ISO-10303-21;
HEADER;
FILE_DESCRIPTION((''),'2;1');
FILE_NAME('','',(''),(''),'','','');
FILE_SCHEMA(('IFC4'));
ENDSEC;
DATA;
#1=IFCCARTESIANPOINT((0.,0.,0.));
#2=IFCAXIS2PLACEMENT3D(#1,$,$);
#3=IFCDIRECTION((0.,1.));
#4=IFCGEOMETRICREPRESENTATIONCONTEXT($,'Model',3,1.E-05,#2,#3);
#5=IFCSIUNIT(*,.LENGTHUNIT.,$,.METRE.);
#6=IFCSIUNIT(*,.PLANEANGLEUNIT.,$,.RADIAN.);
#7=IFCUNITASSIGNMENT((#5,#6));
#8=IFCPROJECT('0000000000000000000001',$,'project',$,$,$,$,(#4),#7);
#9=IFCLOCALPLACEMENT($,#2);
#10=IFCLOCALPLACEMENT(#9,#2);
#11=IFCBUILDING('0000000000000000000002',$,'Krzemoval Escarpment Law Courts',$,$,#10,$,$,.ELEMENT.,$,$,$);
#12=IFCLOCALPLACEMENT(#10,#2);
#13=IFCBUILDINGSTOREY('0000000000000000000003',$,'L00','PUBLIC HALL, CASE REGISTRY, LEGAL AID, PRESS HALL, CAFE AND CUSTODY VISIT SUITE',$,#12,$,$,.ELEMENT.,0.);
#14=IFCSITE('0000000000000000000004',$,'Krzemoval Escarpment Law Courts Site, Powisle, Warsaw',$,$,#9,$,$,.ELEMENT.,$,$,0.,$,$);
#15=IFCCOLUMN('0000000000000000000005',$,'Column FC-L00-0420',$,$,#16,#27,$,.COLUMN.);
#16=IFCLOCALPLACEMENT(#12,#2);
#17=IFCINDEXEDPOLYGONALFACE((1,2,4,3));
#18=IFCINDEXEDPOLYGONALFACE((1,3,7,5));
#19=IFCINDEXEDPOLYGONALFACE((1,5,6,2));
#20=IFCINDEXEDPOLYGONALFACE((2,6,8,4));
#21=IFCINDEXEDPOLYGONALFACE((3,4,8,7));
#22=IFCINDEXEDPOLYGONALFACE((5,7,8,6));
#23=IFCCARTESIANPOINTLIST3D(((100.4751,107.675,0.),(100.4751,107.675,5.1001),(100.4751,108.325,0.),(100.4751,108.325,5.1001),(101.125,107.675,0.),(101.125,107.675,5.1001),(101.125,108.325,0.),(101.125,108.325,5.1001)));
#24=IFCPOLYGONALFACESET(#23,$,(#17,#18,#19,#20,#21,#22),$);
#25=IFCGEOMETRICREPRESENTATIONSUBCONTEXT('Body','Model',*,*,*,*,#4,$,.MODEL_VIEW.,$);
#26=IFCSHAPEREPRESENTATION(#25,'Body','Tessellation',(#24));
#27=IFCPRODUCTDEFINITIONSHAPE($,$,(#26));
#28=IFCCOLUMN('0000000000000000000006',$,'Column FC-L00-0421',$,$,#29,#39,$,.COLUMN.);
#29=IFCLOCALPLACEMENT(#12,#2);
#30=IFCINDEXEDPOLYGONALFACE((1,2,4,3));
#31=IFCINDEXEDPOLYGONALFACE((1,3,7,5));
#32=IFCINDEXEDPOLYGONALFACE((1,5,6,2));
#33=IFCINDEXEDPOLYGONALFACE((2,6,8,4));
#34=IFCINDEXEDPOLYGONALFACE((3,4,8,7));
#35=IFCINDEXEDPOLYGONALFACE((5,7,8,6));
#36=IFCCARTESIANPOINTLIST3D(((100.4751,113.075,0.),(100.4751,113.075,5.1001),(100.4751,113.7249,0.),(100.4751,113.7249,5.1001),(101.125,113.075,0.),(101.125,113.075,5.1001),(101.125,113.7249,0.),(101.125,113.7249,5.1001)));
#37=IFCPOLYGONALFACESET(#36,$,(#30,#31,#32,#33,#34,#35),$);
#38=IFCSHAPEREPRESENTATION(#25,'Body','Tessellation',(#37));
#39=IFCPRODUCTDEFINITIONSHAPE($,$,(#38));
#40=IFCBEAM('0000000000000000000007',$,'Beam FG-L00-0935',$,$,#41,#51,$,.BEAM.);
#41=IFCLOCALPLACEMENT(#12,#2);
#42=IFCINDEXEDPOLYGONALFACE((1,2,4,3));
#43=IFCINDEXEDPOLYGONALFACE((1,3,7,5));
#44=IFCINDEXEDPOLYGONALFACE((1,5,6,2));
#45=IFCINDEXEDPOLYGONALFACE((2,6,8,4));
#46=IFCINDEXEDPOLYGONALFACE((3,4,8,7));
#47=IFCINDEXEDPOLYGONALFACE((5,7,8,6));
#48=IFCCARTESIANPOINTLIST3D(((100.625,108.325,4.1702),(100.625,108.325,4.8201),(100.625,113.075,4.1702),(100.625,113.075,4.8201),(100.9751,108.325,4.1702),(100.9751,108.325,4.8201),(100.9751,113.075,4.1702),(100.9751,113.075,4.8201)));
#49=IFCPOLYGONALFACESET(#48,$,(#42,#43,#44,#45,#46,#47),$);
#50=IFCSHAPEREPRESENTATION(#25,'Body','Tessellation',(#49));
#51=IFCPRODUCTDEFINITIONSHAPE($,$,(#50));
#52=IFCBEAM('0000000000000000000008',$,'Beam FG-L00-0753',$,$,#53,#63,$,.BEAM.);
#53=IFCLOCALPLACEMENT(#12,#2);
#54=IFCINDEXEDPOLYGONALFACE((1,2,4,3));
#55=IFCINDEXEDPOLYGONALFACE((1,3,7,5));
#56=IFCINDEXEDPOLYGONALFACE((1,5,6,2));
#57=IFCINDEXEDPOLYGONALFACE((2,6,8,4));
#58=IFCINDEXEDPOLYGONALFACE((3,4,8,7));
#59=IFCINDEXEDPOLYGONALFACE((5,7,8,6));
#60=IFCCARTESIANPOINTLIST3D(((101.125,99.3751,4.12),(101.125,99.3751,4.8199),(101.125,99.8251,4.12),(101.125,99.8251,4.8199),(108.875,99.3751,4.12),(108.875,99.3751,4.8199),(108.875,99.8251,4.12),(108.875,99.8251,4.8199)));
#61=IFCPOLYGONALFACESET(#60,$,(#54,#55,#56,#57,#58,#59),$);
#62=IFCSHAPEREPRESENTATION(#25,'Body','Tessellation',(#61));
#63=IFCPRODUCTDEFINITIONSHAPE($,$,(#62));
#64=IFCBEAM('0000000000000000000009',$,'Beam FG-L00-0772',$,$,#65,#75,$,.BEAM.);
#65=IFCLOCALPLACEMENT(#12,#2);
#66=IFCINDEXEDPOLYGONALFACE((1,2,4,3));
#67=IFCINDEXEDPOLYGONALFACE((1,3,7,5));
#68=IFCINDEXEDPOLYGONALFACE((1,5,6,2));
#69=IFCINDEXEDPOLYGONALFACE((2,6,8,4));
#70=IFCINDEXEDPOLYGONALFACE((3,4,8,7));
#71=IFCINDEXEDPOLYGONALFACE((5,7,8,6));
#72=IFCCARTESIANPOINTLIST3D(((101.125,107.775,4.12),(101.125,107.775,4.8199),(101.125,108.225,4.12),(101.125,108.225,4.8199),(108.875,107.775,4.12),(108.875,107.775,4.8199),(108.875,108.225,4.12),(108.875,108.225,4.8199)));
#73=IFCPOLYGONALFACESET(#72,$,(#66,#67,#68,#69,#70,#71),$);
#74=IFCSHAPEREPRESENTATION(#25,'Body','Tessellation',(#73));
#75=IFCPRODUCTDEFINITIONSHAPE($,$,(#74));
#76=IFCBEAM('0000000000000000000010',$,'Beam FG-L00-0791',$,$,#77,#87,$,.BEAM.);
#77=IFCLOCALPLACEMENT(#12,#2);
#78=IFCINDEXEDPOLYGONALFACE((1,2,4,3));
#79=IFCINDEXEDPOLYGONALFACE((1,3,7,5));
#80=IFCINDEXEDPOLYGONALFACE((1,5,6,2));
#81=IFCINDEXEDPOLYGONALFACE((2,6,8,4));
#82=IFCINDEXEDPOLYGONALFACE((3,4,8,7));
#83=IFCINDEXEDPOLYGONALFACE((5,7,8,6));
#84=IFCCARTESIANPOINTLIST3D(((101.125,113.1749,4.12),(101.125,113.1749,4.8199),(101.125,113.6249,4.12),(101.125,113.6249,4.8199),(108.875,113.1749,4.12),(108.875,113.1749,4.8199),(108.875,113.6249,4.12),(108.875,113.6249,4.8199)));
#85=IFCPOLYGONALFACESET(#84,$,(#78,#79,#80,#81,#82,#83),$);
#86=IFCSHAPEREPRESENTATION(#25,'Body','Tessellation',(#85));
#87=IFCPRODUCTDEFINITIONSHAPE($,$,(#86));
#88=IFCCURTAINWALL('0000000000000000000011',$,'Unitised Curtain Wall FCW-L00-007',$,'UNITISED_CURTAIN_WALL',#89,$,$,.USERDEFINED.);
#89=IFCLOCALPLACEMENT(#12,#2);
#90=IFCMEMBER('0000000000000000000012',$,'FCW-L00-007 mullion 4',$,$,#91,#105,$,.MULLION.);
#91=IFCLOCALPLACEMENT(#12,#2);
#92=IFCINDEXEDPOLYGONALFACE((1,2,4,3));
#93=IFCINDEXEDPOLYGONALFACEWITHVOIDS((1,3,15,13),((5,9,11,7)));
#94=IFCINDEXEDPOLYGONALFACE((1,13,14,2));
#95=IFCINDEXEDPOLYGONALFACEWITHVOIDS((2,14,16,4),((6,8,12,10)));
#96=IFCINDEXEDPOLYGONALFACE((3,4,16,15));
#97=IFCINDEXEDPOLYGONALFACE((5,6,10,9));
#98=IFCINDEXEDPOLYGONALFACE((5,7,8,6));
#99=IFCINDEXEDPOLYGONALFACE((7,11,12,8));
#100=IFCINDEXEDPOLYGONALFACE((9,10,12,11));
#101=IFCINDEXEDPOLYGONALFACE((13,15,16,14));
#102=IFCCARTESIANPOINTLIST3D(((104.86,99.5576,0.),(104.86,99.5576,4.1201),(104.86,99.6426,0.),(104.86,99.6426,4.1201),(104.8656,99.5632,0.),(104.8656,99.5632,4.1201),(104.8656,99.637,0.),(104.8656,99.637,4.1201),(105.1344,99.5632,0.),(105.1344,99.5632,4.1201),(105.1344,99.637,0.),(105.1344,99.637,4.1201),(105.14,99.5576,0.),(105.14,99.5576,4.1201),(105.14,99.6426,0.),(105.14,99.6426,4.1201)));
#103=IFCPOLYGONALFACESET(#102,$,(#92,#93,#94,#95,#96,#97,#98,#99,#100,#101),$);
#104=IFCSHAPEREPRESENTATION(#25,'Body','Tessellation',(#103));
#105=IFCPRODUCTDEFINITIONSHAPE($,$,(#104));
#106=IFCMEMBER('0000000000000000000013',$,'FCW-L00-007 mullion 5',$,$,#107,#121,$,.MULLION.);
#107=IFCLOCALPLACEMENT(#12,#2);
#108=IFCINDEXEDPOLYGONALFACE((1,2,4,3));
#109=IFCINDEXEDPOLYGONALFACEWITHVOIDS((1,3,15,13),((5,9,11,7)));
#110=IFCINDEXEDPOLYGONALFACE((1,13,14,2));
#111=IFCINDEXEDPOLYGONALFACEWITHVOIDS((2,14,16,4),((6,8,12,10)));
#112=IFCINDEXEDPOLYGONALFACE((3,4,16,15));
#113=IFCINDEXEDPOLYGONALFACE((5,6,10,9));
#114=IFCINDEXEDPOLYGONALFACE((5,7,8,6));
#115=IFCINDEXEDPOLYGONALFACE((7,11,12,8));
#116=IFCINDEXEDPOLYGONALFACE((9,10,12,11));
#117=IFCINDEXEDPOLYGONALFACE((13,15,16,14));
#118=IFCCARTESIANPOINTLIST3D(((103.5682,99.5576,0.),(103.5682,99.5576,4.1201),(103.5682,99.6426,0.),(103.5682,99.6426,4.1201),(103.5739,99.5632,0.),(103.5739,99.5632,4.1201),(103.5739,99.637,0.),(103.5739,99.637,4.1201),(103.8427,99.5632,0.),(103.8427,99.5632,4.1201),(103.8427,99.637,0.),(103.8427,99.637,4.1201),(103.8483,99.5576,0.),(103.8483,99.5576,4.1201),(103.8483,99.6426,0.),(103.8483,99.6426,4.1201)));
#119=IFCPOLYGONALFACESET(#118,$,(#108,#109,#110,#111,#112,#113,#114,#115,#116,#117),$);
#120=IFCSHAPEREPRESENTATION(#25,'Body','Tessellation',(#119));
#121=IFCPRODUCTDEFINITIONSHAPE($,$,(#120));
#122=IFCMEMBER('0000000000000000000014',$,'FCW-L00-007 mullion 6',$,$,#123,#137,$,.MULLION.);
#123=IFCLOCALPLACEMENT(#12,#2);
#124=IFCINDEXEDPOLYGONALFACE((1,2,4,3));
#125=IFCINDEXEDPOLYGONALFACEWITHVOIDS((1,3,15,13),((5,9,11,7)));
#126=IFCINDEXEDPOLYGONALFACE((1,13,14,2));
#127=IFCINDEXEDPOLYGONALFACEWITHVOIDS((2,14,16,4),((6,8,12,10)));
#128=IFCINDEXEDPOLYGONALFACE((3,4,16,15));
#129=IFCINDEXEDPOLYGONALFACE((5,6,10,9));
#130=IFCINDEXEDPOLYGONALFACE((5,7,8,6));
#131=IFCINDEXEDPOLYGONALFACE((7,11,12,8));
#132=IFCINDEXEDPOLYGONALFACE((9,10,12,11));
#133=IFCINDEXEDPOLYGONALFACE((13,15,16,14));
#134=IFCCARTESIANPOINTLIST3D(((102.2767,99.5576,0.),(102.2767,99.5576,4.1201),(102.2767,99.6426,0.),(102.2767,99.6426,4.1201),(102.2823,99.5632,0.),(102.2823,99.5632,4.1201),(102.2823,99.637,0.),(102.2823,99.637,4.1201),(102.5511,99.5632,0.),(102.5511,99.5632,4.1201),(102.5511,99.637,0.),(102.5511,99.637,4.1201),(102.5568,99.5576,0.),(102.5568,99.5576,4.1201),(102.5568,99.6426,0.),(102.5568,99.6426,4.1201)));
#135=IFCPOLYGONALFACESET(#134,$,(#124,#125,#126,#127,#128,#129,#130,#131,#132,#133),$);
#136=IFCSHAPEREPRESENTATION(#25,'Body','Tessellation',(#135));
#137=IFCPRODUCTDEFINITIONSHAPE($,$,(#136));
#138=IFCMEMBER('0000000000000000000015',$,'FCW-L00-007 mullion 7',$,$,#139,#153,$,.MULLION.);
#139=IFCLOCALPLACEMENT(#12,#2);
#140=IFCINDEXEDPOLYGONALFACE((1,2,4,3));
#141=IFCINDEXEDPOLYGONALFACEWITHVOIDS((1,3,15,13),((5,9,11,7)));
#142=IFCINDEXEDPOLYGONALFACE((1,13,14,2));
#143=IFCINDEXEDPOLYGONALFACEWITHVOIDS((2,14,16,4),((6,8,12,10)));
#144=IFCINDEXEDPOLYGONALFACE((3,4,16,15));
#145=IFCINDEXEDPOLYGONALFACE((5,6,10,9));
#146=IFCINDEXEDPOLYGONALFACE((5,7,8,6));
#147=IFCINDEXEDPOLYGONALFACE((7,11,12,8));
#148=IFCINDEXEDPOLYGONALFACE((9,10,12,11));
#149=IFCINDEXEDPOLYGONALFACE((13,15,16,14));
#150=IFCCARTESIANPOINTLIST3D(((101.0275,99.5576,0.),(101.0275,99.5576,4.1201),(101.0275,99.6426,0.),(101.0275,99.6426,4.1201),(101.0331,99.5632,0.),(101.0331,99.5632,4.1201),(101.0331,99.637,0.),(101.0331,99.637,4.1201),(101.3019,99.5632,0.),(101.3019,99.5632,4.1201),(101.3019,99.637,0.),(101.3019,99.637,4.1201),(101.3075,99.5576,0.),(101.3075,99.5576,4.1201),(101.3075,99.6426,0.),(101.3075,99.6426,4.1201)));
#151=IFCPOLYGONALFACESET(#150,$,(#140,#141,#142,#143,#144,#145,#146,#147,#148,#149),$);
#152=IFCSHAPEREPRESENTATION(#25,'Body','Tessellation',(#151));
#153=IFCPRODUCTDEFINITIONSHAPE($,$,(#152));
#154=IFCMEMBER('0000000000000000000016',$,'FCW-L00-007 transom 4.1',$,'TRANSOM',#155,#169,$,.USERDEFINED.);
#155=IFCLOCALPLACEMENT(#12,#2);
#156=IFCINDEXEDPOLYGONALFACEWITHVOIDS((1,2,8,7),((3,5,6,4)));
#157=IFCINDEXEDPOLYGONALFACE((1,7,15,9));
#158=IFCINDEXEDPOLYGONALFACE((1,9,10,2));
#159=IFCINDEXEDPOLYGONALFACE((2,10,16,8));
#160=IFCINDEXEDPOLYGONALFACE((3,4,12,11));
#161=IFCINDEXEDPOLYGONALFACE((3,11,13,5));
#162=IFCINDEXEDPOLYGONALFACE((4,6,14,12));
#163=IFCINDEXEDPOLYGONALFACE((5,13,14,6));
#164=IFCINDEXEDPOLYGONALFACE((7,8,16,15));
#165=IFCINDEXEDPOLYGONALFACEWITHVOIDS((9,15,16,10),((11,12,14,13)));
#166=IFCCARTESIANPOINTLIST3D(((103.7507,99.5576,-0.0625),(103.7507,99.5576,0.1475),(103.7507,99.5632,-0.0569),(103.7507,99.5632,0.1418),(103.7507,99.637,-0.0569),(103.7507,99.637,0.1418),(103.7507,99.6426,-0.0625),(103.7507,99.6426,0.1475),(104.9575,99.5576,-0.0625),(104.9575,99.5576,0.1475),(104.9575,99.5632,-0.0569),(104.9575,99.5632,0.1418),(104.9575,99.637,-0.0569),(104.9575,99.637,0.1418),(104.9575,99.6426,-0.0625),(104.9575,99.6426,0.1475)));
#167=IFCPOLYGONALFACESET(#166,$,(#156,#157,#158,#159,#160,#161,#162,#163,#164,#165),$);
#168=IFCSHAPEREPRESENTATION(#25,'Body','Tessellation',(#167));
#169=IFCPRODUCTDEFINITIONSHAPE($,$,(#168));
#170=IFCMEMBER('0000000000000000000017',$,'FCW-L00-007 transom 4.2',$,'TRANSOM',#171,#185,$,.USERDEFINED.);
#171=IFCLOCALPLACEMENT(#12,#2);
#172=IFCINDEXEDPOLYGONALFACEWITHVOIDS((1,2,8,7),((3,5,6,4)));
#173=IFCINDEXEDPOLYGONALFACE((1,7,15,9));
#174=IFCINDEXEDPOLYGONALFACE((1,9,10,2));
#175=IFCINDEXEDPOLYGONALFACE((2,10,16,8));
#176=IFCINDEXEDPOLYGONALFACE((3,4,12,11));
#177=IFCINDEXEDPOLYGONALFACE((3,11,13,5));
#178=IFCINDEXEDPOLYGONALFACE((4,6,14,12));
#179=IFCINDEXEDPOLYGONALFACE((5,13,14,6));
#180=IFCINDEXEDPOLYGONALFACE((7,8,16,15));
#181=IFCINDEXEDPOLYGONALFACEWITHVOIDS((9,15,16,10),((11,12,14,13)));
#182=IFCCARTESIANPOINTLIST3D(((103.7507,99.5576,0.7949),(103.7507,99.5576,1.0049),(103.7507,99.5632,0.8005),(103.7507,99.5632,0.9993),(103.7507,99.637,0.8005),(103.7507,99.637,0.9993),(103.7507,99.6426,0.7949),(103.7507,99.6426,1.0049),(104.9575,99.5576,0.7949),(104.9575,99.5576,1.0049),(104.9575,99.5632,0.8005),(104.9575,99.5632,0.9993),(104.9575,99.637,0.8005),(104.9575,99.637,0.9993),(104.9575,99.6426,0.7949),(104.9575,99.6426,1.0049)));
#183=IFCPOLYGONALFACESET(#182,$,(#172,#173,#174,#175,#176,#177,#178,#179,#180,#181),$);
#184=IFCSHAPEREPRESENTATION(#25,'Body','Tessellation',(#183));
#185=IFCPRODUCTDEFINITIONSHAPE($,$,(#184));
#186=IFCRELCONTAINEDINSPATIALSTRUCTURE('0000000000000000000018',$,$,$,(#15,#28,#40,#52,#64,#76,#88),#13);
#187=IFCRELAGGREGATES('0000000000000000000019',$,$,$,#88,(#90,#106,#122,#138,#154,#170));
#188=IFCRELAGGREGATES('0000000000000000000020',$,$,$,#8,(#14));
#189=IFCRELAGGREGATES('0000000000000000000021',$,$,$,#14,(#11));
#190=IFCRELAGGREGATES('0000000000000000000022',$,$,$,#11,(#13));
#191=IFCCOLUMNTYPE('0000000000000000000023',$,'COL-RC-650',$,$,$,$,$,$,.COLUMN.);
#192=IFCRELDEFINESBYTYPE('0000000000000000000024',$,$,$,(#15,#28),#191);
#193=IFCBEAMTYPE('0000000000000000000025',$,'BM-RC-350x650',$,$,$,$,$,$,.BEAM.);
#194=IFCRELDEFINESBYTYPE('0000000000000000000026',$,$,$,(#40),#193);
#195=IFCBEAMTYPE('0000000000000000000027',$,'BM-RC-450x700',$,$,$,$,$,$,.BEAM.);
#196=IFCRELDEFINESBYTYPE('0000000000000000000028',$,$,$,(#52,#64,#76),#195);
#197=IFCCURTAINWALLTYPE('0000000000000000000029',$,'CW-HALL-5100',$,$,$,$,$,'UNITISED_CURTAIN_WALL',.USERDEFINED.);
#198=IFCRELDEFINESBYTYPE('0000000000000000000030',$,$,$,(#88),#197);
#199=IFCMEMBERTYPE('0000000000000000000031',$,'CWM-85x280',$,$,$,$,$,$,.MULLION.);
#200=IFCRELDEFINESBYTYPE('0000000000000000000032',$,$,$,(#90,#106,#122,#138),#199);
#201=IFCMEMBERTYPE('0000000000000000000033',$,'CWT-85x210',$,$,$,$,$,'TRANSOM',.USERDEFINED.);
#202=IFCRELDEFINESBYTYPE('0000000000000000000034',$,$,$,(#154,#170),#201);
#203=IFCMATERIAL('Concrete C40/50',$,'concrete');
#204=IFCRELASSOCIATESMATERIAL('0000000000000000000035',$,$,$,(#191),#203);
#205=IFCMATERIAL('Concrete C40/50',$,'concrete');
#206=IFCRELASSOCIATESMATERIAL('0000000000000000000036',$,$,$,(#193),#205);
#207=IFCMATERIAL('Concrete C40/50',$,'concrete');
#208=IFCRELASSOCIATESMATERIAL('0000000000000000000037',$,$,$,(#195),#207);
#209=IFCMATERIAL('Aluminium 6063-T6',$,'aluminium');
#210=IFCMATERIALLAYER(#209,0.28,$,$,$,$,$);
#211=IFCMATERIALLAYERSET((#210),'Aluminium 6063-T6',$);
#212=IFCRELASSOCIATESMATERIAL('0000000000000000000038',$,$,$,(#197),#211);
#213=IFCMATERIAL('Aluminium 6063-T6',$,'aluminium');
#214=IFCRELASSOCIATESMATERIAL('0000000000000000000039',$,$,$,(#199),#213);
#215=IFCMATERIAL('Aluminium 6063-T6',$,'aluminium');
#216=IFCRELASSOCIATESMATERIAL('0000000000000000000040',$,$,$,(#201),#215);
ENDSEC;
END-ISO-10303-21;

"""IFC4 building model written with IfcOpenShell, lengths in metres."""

from ifc_helpers import new_model, si_unit, direction, frame, origin, origin_2d, place, context, subcontext, project, spatial, rectangle, hollow_rectangle, extrude, material, layer, layer_set, material_profile, profile_set, type_object, element, aggregate, save


model = new_model("IFC4")

# Units and contexts
model_context = context("Model", 3, precision=1e-05, world=origin(), true_north=direction((0.0, 1.0)))
body_context = subcontext(model_context, "Body", "Model", "MODEL_VIEW")
ifc_project = project(units=[si_unit("LENGTHUNIT", "METRE"), si_unit("PLANEANGLEUNIT", "RADIAN")], contexts=[model_context])

# Site, building, storey
site_placement = place(None, origin())
site = spatial("IfcSite", under=ifc_project, at=site_placement, Name="Krzemoval Escarpment Law Courts Site, Powisle, Warsaw", CompositionType="ELEMENT", RefElevation=0.0)
building_placement = place(site_placement, origin())
building = spatial("IfcBuilding", under=site, at=building_placement, Name="Krzemoval Escarpment Law Courts", CompositionType="ELEMENT")
storey_placement = place(building_placement, origin())
storey = spatial("IfcBuildingStorey", under=building, at=storey_placement, Name="L00", Description="PUBLIC HALL, CASE REGISTRY, LEGAL AID, PRESS HALL, CAFE AND CUSTODY VISIT SUITE", CompositionType="ELEMENT", Elevation=0.0)

# Columns
ifc_material_1 = material(Name="Concrete C40/50", Category="concrete")
ifc_material_profile_1 = material_profile(ifc_material_1, rectangle(XDim=0.6499, YDim=0.6499, at=origin_2d()), Name="RC 650x650")
ifc_profile_set_1 = profile_set([ifc_material_profile_1], Name="Concrete C40/50")
column_type = type_object("IfcColumnType", Name="COL-RC-650", PredefinedType="COLUMN", material=ifc_profile_set_1)
for number, where, z_axis, x_axis, name in (
    (1, (100.8, 108.0, 0.0), (0.0, 0.0, 1.0), (1.0, 0.0, 0.0), "Column FC-L00-0420"),
    (2, (100.8, 113.3999, 0.0), (0.0, 0.0, 1.0), (1.0, 0.0, 0.0), "Column FC-L00-0421"),
):
    element("IfcColumn", number, at=place(storey_placement, frame(where, z_axis=z_axis, x_axis=x_axis)), inside=storey, type_object=column_type, Name=name, PredefinedType="COLUMN", context=body_context, shape_type="SweptSolid", body=[
        extrude(rectangle(XDim=0.6499, YDim=0.6499, at=origin_2d()), origin(), (0.0, 0.0, 1.0), 5.1001),
    ])

# Beams
ifc_material_2 = material(Name="Concrete C40/50", Category="concrete")
ifc_material_profile_2 = material_profile(ifc_material_2, rectangle(XDim=0.3501, YDim=0.6499, at=origin_2d()), Name="RCB 350x650")
ifc_profile_set_2 = profile_set([ifc_material_profile_2], Name="Concrete C40/50")
beam_type_1 = type_object("IfcBeamType", Name="BM-RC-350x650", PredefinedType="BEAM", material=ifc_profile_set_2)
beam_1_placement = place(storey_placement, frame((100.8, 108.325, 4.4951), z_axis=(0.0, 1.0, 0.0), x_axis=(-1.0, 0.0, 0.0)))
element("IfcBeam", 3, at=beam_1_placement, inside=storey, type_object=beam_type_1, Name="Beam FG-L00-0935", PredefinedType="BEAM", context=body_context, shape_type="SweptSolid", body=[
    extrude(rectangle(XDim=0.3501, YDim=0.6499, at=origin_2d()), origin(), (0.0, 0.0, 1.0), 4.75),
])
ifc_material_3 = material(Name="Concrete C40/50", Category="concrete")
ifc_material_profile_3 = material_profile(ifc_material_3, rectangle(XDim=0.45, YDim=0.7, at=origin_2d()), Name="RCB 450x700")
ifc_profile_set_3 = profile_set([ifc_material_profile_3], Name="Concrete C40/50")
beam_type_2 = type_object("IfcBeamType", Name="BM-RC-450x700", PredefinedType="BEAM", material=ifc_profile_set_3)
for number, where, z_axis, x_axis, name in (
    (4, (101.125, 99.6001, 4.47), (1.0, 0.0, 0.0), (0.0, 1.0, 0.0), "Beam FG-L00-0753"),
    (5, (101.125, 108.0, 4.47), (1.0, 0.0, 0.0), (0.0, 1.0, 0.0), "Beam FG-L00-0772"),
    (6, (101.125, 113.3999, 4.47), (1.0, 0.0, 0.0), (0.0, 1.0, 0.0), "Beam FG-L00-0791"),
):
    element("IfcBeam", number, at=place(storey_placement, frame(where, z_axis=z_axis, x_axis=x_axis)), inside=storey, type_object=beam_type_2, Name=name, PredefinedType="BEAM", context=body_context, shape_type="SweptSolid", body=[
        extrude(rectangle(XDim=0.45, YDim=0.7, at=origin_2d()), origin(), (0.0, 0.0, 1.0), 7.75),
    ])

# Curtain wall, members
ifc_material_4 = material(Name="Aluminium 6063-T6", Category="aluminium")
ifc_layer_1 = layer(ifc_material_4, 0.28)
ifc_layer_set_1 = layer_set([ifc_layer_1], Name="Aluminium 6063-T6")
curtain_wall_type = type_object("IfcCurtainWallType", Name="CW-HALL-5100", ElementType="UNITISED_CURTAIN_WALL", PredefinedType="USERDEFINED", material=ifc_layer_set_1)
curtain_wall_placement = place(storey_placement, origin())
curtain_wall = element("IfcCurtainWall", 7, at=curtain_wall_placement, inside=storey, type_object=curtain_wall_type, Name="Unitised Curtain Wall FCW-L00-007", ObjectType="UNITISED_CURTAIN_WALL", PredefinedType="USERDEFINED")
ifc_material_5 = material(Name="Aluminium 6063-T6", Category="aluminium")
ifc_material_profile_4 = material_profile(ifc_material_5, hollow_rectangle(XDim=0.085, YDim=0.28, WallThickness=0.0056, at=origin_2d()), Name="ALU M85x280")
ifc_profile_set_4 = profile_set([ifc_material_profile_4], Name="Aluminium 6063-T6")
member_type_1 = type_object("IfcMemberType", Name="CWM-85x280", PredefinedType="MULLION", material=ifc_profile_set_4)
member_1_placement = place(storey_placement, frame((105.0, 99.6001, 0.0), z_axis=(0.0, 0.0, 1.0), x_axis=(0.0, -1.0, 0.0)))
member_1 = element("IfcMember", 8, at=member_1_placement, type_object=member_type_1, Name="FCW-L00-007 mullion 4", PredefinedType="MULLION", context=body_context, shape_type="SweptSolid", body=[
    extrude(hollow_rectangle(XDim=0.085, YDim=0.28, WallThickness=0.0056, at=origin_2d()), origin(), (0.0, 0.0, 1.0), 4.1201),
])
member_2_placement = place(storey_placement, frame((103.7083, 99.6001, 0.0), z_axis=(0.0, 0.0, 1.0), x_axis=(0.0, -1.0, 0.0)))
member_2 = element("IfcMember", 9, at=member_2_placement, type_object=member_type_1, Name="FCW-L00-007 mullion 5", PredefinedType="MULLION", context=body_context, shape_type="SweptSolid", body=[
    extrude(hollow_rectangle(XDim=0.085, YDim=0.28, WallThickness=0.0056, at=origin_2d()), origin(), (0.0, 0.0, 1.0), 4.1201),
])
member_3_placement = place(storey_placement, frame((102.4167, 99.6001, 0.0), z_axis=(0.0, 0.0, 1.0), x_axis=(0.0, -1.0, 0.0)))
member_3 = element("IfcMember", 10, at=member_3_placement, type_object=member_type_1, Name="FCW-L00-007 mullion 6", PredefinedType="MULLION", context=body_context, shape_type="SweptSolid", body=[
    extrude(hollow_rectangle(XDim=0.085, YDim=0.28, WallThickness=0.0056, at=origin_2d()), origin(), (0.0, 0.0, 1.0), 4.1201),
])
member_4_placement = place(storey_placement, frame((101.1675, 99.6001, 0.0), z_axis=(0.0, 0.0, 1.0), x_axis=(0.0, -1.0, 0.0)))
member_4 = element("IfcMember", 11, at=member_4_placement, type_object=member_type_1, Name="FCW-L00-007 mullion 7", PredefinedType="MULLION", context=body_context, shape_type="SweptSolid", body=[
    extrude(hollow_rectangle(XDim=0.085, YDim=0.28, WallThickness=0.0056, at=origin_2d()), origin(), (0.0, 0.0, 1.0), 4.1201),
])
ifc_material_6 = material(Name="Aluminium 6063-T6", Category="aluminium")
ifc_material_profile_5 = material_profile(ifc_material_6, hollow_rectangle(XDim=0.085, YDim=0.21, WallThickness=0.0056, at=origin_2d()), Name="ALU T85x210")
ifc_profile_set_5 = profile_set([ifc_material_profile_5], Name="Aluminium 6063-T6")
member_type_2 = type_object("IfcMemberType", Name="CWT-85x210", ElementType="TRANSOM", PredefinedType="USERDEFINED", material=ifc_profile_set_5)
member_5_placement = place(storey_placement, frame((104.9575, 99.6001, 0.0425), z_axis=(-1.0, 0.0, 0.0), x_axis=(0.0, -1.0, 0.0)))
member_5 = element("IfcMember", 12, at=member_5_placement, type_object=member_type_2, Name="FCW-L00-007 transom 4.1", ObjectType="TRANSOM", PredefinedType="USERDEFINED", context=body_context, shape_type="SweptSolid", body=[
    extrude(hollow_rectangle(XDim=0.085, YDim=0.21, WallThickness=0.0056, at=origin_2d()), origin(), (0.0, 0.0, 1.0), 1.2068),
])
member_6_placement = place(storey_placement, frame((104.9575, 99.6001, 0.8999), z_axis=(-1.0, 0.0, 0.0), x_axis=(0.0, -1.0, 0.0)))
member_6 = element("IfcMember", 13, at=member_6_placement, type_object=member_type_2, Name="FCW-L00-007 transom 4.2", ObjectType="TRANSOM", PredefinedType="USERDEFINED", context=body_context, shape_type="SweptSolid", body=[
    extrude(hollow_rectangle(XDim=0.085, YDim=0.21, WallThickness=0.0056, at=origin_2d()), origin(), (0.0, 0.0, 1.0), 1.2068),
])

aggregate(curtain_wall, [member_1, member_2, member_3, member_4, member_5, member_6])

save(model, "model.ifc")
